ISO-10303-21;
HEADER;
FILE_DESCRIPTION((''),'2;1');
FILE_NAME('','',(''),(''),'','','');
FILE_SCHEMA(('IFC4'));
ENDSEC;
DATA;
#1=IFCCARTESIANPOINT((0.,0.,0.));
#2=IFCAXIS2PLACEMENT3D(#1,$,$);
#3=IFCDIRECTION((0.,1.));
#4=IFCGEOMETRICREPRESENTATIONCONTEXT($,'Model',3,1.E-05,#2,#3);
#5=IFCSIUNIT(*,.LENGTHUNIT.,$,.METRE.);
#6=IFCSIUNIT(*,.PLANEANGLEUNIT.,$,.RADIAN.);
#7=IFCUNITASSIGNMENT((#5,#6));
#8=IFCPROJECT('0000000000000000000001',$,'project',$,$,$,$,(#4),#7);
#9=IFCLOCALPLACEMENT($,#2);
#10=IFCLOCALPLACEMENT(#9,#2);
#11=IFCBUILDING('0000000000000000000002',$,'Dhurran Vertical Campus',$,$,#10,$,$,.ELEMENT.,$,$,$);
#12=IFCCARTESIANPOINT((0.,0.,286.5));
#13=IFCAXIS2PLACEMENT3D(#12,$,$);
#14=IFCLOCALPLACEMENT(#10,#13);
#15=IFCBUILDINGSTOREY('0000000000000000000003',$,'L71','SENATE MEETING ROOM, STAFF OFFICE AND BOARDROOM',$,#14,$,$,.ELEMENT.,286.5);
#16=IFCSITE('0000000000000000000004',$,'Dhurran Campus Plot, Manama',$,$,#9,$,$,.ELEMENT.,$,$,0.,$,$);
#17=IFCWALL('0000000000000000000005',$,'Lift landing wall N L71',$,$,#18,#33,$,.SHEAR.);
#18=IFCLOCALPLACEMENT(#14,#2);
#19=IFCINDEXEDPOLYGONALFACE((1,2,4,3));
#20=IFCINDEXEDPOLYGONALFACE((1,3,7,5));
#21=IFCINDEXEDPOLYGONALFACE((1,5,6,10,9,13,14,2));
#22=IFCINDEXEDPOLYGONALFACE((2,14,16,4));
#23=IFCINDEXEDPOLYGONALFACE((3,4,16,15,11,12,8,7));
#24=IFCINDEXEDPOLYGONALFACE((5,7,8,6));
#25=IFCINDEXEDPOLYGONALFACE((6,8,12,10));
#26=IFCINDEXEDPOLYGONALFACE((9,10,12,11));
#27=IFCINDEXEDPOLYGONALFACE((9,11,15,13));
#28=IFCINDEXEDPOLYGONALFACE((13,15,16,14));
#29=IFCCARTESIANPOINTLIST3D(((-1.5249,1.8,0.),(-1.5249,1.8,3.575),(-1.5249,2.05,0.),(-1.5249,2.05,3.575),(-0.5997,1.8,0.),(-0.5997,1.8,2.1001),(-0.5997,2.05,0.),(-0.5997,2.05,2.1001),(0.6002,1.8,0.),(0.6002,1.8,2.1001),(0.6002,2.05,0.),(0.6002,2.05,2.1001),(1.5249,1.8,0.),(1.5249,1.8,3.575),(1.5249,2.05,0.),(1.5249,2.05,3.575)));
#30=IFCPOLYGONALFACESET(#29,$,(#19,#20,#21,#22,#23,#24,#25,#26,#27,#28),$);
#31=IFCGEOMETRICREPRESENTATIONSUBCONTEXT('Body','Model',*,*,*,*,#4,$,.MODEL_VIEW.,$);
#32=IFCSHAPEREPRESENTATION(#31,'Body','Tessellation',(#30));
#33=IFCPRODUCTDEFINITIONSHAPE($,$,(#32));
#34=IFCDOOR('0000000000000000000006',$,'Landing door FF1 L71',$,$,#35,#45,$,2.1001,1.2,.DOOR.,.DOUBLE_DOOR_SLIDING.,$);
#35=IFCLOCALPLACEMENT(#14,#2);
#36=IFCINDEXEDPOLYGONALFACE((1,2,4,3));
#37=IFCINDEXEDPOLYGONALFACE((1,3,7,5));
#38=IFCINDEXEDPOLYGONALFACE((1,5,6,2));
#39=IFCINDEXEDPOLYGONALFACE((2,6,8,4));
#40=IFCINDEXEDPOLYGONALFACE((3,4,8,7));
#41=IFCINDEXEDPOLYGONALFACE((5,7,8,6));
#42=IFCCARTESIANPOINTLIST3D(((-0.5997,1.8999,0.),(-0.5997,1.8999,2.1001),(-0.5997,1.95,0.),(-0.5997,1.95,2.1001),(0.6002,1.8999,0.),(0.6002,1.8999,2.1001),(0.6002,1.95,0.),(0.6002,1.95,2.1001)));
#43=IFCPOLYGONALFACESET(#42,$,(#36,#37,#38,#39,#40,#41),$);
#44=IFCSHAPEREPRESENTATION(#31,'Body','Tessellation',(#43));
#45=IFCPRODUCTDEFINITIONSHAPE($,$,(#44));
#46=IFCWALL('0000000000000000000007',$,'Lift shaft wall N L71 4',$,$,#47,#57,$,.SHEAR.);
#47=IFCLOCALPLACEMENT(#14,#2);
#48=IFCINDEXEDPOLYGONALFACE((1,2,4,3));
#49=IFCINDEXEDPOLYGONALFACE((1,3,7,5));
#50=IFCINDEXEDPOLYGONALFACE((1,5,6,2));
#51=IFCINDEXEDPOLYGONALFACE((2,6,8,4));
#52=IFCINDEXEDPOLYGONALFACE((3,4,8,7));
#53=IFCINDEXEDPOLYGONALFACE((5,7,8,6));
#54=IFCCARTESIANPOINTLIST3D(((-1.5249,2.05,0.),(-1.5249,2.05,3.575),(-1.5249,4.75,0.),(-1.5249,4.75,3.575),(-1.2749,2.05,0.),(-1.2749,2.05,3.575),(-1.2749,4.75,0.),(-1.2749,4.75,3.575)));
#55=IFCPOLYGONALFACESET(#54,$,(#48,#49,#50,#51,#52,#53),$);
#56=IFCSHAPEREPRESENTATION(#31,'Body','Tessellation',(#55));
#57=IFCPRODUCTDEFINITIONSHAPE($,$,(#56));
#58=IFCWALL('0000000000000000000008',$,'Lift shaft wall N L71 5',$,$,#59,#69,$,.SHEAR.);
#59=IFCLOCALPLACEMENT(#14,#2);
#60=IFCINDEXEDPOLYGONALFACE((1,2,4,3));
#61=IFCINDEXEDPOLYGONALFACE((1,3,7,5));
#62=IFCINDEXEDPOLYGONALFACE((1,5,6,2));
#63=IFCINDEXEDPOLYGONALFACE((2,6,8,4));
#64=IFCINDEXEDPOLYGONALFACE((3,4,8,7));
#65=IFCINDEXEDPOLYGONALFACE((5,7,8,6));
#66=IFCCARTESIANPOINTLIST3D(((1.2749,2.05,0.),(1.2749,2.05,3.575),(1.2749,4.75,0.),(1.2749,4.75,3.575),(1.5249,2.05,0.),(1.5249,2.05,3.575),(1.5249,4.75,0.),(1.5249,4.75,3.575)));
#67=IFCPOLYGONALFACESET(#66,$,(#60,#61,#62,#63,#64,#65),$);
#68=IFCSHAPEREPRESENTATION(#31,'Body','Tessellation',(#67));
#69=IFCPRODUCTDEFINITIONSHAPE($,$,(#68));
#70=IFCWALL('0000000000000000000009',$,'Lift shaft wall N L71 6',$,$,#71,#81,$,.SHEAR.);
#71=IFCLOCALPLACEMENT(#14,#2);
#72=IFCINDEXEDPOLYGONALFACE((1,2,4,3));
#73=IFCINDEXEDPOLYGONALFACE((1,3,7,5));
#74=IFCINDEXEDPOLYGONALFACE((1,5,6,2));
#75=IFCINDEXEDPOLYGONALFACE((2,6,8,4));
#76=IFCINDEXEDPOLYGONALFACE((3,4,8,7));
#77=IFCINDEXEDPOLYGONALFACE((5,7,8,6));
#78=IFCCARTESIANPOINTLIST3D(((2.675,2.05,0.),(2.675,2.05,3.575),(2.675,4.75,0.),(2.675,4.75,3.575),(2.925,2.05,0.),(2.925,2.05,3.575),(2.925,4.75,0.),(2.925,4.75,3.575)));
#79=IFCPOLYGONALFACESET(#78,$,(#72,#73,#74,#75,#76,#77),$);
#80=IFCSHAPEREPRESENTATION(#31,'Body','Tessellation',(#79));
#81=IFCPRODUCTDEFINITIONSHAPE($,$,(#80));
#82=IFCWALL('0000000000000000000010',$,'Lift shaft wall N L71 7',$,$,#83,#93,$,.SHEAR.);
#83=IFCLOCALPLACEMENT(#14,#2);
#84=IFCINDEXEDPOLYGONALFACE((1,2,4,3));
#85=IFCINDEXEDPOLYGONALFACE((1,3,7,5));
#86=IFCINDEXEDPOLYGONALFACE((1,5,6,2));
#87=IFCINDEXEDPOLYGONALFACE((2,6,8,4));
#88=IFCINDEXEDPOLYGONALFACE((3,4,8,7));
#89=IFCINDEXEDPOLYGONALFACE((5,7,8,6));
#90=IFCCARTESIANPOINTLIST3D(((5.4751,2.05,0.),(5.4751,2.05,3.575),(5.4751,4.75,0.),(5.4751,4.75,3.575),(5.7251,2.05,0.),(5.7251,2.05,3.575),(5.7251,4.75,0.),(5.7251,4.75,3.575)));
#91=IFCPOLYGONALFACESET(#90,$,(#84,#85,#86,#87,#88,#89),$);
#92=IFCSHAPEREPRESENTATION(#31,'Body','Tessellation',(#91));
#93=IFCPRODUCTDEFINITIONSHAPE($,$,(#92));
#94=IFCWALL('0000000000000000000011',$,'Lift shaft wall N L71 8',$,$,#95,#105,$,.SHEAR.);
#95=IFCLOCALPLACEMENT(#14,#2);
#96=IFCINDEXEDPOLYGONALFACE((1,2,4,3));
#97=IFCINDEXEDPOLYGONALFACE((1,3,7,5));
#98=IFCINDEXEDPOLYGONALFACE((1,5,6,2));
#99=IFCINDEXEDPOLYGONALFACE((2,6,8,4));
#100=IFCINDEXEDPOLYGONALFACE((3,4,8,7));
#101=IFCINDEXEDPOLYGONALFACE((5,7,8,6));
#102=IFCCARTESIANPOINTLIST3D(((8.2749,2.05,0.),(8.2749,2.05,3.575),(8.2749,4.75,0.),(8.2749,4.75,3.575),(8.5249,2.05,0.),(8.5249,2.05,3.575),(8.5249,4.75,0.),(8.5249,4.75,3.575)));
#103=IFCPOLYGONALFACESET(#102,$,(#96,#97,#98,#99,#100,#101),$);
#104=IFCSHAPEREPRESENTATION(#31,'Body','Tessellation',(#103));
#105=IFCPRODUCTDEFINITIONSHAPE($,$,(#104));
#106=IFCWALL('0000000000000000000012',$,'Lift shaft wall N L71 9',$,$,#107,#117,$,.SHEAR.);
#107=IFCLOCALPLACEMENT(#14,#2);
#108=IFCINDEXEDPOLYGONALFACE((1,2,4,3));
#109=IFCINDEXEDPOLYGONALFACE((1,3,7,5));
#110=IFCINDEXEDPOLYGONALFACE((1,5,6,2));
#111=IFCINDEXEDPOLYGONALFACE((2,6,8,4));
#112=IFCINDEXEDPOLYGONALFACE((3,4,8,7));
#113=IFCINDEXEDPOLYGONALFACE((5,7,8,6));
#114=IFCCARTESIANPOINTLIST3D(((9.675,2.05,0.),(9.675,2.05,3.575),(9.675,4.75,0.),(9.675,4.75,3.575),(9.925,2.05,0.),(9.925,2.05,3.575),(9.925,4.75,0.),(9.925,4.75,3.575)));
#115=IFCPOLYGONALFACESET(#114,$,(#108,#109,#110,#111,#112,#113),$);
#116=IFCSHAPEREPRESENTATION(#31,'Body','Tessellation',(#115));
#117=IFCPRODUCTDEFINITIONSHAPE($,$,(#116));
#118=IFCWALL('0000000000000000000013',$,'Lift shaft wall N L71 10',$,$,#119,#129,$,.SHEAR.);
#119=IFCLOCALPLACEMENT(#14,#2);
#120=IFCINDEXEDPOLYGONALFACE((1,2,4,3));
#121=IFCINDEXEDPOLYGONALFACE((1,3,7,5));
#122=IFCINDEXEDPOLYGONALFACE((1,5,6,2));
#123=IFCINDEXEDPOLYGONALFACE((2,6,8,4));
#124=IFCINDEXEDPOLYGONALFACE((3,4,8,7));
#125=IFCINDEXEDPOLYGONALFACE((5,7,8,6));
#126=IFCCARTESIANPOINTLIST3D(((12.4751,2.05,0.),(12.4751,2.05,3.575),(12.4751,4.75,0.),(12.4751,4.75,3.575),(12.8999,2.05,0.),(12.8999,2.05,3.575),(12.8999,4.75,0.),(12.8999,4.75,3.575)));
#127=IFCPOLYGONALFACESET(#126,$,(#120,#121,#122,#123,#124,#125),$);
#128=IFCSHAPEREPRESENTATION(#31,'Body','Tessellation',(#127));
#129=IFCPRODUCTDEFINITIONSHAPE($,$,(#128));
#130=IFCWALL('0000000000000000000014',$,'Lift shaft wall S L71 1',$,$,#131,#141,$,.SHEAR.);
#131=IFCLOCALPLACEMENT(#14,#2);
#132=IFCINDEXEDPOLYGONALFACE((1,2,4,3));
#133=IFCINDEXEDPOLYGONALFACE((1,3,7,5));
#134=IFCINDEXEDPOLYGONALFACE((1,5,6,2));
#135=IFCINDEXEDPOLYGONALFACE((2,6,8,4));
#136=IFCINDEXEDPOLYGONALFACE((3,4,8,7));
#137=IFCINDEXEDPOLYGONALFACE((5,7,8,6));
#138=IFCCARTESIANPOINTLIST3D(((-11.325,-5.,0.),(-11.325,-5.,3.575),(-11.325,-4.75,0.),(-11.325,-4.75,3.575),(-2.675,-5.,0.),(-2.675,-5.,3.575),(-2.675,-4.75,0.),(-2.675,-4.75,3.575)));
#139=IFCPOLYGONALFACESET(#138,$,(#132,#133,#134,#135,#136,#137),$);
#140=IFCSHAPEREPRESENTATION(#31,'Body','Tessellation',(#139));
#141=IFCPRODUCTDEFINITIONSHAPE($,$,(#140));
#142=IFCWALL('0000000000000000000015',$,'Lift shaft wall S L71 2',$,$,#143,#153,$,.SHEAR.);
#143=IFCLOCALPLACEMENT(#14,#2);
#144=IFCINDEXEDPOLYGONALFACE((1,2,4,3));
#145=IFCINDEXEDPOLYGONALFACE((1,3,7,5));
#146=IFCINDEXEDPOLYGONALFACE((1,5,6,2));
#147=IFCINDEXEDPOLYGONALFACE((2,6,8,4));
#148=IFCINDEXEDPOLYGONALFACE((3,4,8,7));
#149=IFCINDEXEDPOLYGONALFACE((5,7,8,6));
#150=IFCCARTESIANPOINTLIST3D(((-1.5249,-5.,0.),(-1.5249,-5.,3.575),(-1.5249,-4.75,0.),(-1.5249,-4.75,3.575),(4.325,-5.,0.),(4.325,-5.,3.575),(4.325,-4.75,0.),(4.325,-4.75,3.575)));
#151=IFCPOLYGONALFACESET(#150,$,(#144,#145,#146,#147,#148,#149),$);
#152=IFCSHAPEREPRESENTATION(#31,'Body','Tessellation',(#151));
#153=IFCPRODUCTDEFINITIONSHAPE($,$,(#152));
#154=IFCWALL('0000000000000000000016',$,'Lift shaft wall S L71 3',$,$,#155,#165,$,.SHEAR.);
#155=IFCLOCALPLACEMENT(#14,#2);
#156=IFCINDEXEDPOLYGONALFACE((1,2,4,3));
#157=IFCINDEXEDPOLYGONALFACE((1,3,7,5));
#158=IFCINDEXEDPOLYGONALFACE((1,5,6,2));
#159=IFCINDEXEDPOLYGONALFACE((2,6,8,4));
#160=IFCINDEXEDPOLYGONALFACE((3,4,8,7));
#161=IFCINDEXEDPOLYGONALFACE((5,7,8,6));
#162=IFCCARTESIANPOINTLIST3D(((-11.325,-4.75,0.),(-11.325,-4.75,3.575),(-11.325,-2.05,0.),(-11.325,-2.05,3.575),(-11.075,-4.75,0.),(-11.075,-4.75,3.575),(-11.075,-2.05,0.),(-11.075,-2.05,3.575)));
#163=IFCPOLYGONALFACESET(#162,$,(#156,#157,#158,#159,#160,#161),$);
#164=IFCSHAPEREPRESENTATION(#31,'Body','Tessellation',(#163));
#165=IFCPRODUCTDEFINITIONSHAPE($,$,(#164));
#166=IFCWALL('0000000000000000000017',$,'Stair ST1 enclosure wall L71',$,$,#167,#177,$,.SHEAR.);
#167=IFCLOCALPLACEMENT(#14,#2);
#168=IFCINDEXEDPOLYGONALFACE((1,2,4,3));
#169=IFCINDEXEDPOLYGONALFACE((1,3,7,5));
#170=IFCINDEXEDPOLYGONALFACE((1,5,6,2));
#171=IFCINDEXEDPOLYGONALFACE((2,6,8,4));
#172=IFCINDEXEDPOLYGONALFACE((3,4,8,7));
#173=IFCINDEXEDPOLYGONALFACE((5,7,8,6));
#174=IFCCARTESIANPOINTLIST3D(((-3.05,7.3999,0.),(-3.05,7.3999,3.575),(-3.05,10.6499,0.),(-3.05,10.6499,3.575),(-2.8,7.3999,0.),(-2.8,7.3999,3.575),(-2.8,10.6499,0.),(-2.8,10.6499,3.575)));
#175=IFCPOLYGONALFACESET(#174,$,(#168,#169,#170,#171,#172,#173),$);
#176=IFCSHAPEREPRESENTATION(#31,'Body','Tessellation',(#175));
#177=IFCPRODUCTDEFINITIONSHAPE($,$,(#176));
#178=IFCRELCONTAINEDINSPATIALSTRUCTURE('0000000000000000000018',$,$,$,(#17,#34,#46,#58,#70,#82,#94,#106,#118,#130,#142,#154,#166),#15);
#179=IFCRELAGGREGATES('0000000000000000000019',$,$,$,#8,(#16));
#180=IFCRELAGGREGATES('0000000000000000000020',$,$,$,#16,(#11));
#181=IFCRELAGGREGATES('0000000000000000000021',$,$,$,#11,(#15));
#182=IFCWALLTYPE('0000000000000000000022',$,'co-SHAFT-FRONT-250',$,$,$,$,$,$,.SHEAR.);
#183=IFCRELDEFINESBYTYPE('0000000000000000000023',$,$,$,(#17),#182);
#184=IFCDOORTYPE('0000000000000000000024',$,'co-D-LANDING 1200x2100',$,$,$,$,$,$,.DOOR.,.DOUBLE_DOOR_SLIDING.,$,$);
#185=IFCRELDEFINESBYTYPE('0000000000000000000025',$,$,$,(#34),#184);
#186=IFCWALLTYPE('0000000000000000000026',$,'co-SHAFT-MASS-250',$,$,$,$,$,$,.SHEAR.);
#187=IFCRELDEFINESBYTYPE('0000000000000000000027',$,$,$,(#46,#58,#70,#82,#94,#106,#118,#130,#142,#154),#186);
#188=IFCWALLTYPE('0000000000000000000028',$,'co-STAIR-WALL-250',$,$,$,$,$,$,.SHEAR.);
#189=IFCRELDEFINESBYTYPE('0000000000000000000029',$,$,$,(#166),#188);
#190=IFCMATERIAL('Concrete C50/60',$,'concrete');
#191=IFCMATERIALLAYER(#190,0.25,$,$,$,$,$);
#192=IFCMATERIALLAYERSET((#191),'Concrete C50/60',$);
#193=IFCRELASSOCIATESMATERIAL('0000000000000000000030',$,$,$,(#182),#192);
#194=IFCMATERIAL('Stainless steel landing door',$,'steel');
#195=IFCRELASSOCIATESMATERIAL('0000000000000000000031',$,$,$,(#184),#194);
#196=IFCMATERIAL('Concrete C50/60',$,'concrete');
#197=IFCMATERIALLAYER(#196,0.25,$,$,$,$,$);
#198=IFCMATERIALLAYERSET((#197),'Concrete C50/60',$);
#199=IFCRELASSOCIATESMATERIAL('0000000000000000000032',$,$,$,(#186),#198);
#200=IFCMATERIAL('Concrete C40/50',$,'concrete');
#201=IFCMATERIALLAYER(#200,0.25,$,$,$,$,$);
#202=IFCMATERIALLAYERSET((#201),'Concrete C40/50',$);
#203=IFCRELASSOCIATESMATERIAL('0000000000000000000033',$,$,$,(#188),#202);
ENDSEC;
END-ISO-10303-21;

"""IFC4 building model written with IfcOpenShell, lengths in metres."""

from ifc_helpers import new_model, si_unit, direction, frame, frame_2d, origin, place, context, subcontext, project, spatial, polyline, rectangle, outline, extrude, material, layer, layer_set, type_object, element, fill, save


model = new_model("IFC4")

# Units and contexts
model_context = context("Model", 3, precision=1e-05, world=origin(), true_north=direction((0.0, 1.0)))
body_context = subcontext(model_context, "Body", "Model", "MODEL_VIEW")
ifc_project = project(units=[si_unit("LENGTHUNIT", "METRE"), si_unit("PLANEANGLEUNIT", "RADIAN")], contexts=[model_context])

# Site, building, storey
site_placement = place(None, origin())
site = spatial("IfcSite", under=ifc_project, at=site_placement, Name="Dhurran Campus Plot, Manama", CompositionType="ELEMENT", RefElevation=0.0)
building_placement = place(site_placement, origin())
building = spatial("IfcBuilding", under=site, at=building_placement, Name="Dhurran Vertical Campus", CompositionType="ELEMENT")
storey_placement = place(building_placement, frame((0.0, 0.0, 286.5)))
storey = spatial("IfcBuildingStorey", under=building, at=storey_placement, Name="L71", Description="SENATE MEETING ROOM, STAFF OFFICE AND BOARDROOM", CompositionType="ELEMENT", Elevation=286.5)

# Wall, opening, door
ifc_material_1 = material(Name="Concrete C50/60", Category="concrete")
ifc_layer_1 = layer(ifc_material_1, 0.25)
ifc_layer_set_1 = layer_set([ifc_layer_1], Name="Concrete C50/60")
wall_type_1 = type_object("IfcWallType", Name="co-SHAFT-FRONT-250", PredefinedType="SHEAR", material=ifc_layer_set_1)
wall_1_placement = place(storey_placement, frame((-1.5249, 1.925, 0.0), z_axis=(0.0, 0.0, 1.0), x_axis=(1.0, 0.0, 0.0)))
wall_1 = element("IfcWall", 1, at=wall_1_placement, inside=storey, type_object=wall_type_1, Name="Lift landing wall N L71", PredefinedType="SHEAR", context=body_context, shape_type="SweptSolid", body=[
    extrude(rectangle(XDim=3.0498, YDim=0.25, at=frame_2d((1.5249, 0.0))), origin(), (0.0, 0.0, 1.0), 3.575),
])
opening_1_placement = place(wall_1_placement, frame((0.925, 0.0, 0.0)))
opening_1 = element("IfcOpeningElement", 2, at=opening_1_placement, cuts=wall_1, PredefinedType="OPENING", context=body_context, shape_type="SweptSolid", body=[
    extrude(rectangle(XDim=1.2, YDim=2.1001, at=frame_2d((0.6001, 1.05))), frame((0.0, 0.135, 0.0), z_axis=(0.0, -1.0, 0.0), x_axis=(1.0, 0.0, 0.0)), (0.0, 0.0, 1.0), 0.27),
])
ifc_material_2 = material(Name="Stainless steel landing door", Category="steel")
door_type_1 = type_object("IfcDoorType", Name="co-D-LANDING 1200x2100", OperationType="DOUBLE_DOOR_SLIDING", PredefinedType="DOOR", material=ifc_material_2)
door_1_placement = place(opening_1_placement, origin())
door_1 = element("IfcDoor", 3, at=door_1_placement, inside=storey, type_object=door_type_1, Name="Landing door FF1 L71", OperationType="DOUBLE_DOOR_SLIDING", OverallHeight=2.1001, OverallWidth=1.2, PredefinedType="DOOR", context=body_context, shape_type="SweptSolid", body=[
    extrude(rectangle(XDim=1.2, YDim=2.1001, at=frame_2d((0.6001, 1.05))), frame((0.0, 0.0249, 0.0), z_axis=(0.0, -1.0, 0.0), x_axis=(1.0, 0.0, 0.0)), (0.0, 0.0, 1.0), 0.05),
])
fill(opening_1, door_1)

# Walls
ifc_material_3 = material(Name="Concrete C50/60", Category="concrete")
ifc_layer_2 = layer(ifc_material_3, 0.25)
ifc_layer_set_2 = layer_set([ifc_layer_2], Name="Concrete C50/60")
wall_type_2 = type_object("IfcWallType", Name="co-SHAFT-MASS-250", PredefinedType="SHEAR", material=ifc_layer_set_2)
wall_2_placement = place(storey_placement, origin())
element("IfcWall", 4, at=wall_2_placement, inside=storey, type_object=wall_type_2, Name="Lift shaft wall N L71 4", PredefinedType="SHEAR", context=body_context, shape_type="SweptSolid", body=[
    extrude(outline(polyline([(-1.5249, 2.05), (-1.2749, 2.05), (-1.2749, 4.75), (-1.5249, 4.75), (-1.5249, 2.05)])), origin(), (0.0, 0.0, 1.0), 3.575),
])
wall_3_placement = place(storey_placement, origin())
element("IfcWall", 5, at=wall_3_placement, inside=storey, type_object=wall_type_2, Name="Lift shaft wall N L71 5", PredefinedType="SHEAR", context=body_context, shape_type="SweptSolid", body=[
    extrude(outline(polyline([(1.2749, 2.05), (1.5249, 2.05), (1.5249, 4.75), (1.2749, 4.75), (1.2749, 2.05)])), origin(), (0.0, 0.0, 1.0), 3.575),
])
wall_4_placement = place(storey_placement, origin())
element("IfcWall", 6, at=wall_4_placement, inside=storey, type_object=wall_type_2, Name="Lift shaft wall N L71 6", PredefinedType="SHEAR", context=body_context, shape_type="SweptSolid", body=[
    extrude(outline(polyline([(2.675, 2.05), (2.925, 2.05), (2.925, 4.75), (2.675, 4.75), (2.675, 2.05)])), origin(), (0.0, 0.0, 1.0), 3.575),
])
wall_5_placement = place(storey_placement, origin())
element("IfcWall", 7, at=wall_5_placement, inside=storey, type_object=wall_type_2, Name="Lift shaft wall N L71 7", PredefinedType="SHEAR", context=body_context, shape_type="SweptSolid", body=[
    extrude(outline(polyline([(5.4751, 2.05), (5.7251, 2.05), (5.7251, 4.75), (5.4751, 4.75), (5.4751, 2.05)])), origin(), (0.0, 0.0, 1.0), 3.575),
])
wall_6_placement = place(storey_placement, origin())
element("IfcWall", 8, at=wall_6_placement, inside=storey, type_object=wall_type_2, Name="Lift shaft wall N L71 8", PredefinedType="SHEAR", context=body_context, shape_type="SweptSolid", body=[
    extrude(outline(polyline([(8.2749, 2.05), (8.5249, 2.05), (8.5249, 4.75), (8.2749, 4.75), (8.2749, 2.05)])), origin(), (0.0, 0.0, 1.0), 3.575),
])
wall_7_placement = place(storey_placement, origin())
element("IfcWall", 9, at=wall_7_placement, inside=storey, type_object=wall_type_2, Name="Lift shaft wall N L71 9", PredefinedType="SHEAR", context=body_context, shape_type="SweptSolid", body=[
    extrude(outline(polyline([(9.675, 2.05), (9.925, 2.05), (9.925, 4.75), (9.675, 4.75), (9.675, 2.05)])), origin(), (0.0, 0.0, 1.0), 3.575),
])
wall_8_placement = place(storey_placement, origin())
element("IfcWall", 10, at=wall_8_placement, inside=storey, type_object=wall_type_2, Name="Lift shaft wall N L71 10", PredefinedType="SHEAR", context=body_context, shape_type="SweptSolid", body=[
    extrude(outline(polyline([(12.4751, 2.05), (12.8999, 2.05), (12.8999, 4.75), (12.4751, 4.75), (12.4751, 2.05)])), origin(), (0.0, 0.0, 1.0), 3.575),
])
wall_9_placement = place(storey_placement, origin())
element("IfcWall", 11, at=wall_9_placement, inside=storey, type_object=wall_type_2, Name="Lift shaft wall S L71 1", PredefinedType="SHEAR", context=body_context, shape_type="SweptSolid", body=[
    extrude(outline(polyline([(-11.325, -5.0), (-2.675, -5.0), (-2.675, -4.75), (-11.325, -4.75), (-11.325, -5.0)])), origin(), (0.0, 0.0, 1.0), 3.575),
])
wall_10_placement = place(storey_placement, origin())
element("IfcWall", 12, at=wall_10_placement, inside=storey, type_object=wall_type_2, Name="Lift shaft wall S L71 2", PredefinedType="SHEAR", context=body_context, shape_type="SweptSolid", body=[
    extrude(outline(polyline([(-1.5249, -5.0), (4.325, -5.0), (4.325, -4.75), (-1.5249, -4.75), (-1.5249, -5.0)])), origin(), (0.0, 0.0, 1.0), 3.575),
])
wall_11_placement = place(storey_placement, origin())
element("IfcWall", 13, at=wall_11_placement, inside=storey, type_object=wall_type_2, Name="Lift shaft wall S L71 3", PredefinedType="SHEAR", context=body_context, shape_type="SweptSolid", body=[
    extrude(outline(polyline([(-11.325, -4.75), (-11.075, -4.75), (-11.075, -2.05), (-11.325, -2.05), (-11.325, -4.75)])), origin(), (0.0, 0.0, 1.0), 3.575),
])
ifc_material_4 = material(Name="Concrete C40/50", Category="concrete")
ifc_layer_3 = layer(ifc_material_4, 0.25)
ifc_layer_set_3 = layer_set([ifc_layer_3], Name="Concrete C40/50")
wall_type_3 = type_object("IfcWallType", Name="co-STAIR-WALL-250", PredefinedType="SHEAR", material=ifc_layer_set_3)
wall_12_placement = place(storey_placement, frame((-2.925, 7.3999, 0.0), z_axis=(0.0, 0.0, 1.0), x_axis=(0.0, 1.0, 0.0)))
element("IfcWall", 14, at=wall_12_placement, inside=storey, type_object=wall_type_3, Name="Stair ST1 enclosure wall L71", PredefinedType="SHEAR", context=body_context, shape_type="SweptSolid", body=[
    extrude(rectangle(XDim=3.25, YDim=0.25, at=frame_2d((1.625, 0.0))), origin(), (0.0, 0.0, 1.0), 3.575),
])

save(model, "model.ifc")
